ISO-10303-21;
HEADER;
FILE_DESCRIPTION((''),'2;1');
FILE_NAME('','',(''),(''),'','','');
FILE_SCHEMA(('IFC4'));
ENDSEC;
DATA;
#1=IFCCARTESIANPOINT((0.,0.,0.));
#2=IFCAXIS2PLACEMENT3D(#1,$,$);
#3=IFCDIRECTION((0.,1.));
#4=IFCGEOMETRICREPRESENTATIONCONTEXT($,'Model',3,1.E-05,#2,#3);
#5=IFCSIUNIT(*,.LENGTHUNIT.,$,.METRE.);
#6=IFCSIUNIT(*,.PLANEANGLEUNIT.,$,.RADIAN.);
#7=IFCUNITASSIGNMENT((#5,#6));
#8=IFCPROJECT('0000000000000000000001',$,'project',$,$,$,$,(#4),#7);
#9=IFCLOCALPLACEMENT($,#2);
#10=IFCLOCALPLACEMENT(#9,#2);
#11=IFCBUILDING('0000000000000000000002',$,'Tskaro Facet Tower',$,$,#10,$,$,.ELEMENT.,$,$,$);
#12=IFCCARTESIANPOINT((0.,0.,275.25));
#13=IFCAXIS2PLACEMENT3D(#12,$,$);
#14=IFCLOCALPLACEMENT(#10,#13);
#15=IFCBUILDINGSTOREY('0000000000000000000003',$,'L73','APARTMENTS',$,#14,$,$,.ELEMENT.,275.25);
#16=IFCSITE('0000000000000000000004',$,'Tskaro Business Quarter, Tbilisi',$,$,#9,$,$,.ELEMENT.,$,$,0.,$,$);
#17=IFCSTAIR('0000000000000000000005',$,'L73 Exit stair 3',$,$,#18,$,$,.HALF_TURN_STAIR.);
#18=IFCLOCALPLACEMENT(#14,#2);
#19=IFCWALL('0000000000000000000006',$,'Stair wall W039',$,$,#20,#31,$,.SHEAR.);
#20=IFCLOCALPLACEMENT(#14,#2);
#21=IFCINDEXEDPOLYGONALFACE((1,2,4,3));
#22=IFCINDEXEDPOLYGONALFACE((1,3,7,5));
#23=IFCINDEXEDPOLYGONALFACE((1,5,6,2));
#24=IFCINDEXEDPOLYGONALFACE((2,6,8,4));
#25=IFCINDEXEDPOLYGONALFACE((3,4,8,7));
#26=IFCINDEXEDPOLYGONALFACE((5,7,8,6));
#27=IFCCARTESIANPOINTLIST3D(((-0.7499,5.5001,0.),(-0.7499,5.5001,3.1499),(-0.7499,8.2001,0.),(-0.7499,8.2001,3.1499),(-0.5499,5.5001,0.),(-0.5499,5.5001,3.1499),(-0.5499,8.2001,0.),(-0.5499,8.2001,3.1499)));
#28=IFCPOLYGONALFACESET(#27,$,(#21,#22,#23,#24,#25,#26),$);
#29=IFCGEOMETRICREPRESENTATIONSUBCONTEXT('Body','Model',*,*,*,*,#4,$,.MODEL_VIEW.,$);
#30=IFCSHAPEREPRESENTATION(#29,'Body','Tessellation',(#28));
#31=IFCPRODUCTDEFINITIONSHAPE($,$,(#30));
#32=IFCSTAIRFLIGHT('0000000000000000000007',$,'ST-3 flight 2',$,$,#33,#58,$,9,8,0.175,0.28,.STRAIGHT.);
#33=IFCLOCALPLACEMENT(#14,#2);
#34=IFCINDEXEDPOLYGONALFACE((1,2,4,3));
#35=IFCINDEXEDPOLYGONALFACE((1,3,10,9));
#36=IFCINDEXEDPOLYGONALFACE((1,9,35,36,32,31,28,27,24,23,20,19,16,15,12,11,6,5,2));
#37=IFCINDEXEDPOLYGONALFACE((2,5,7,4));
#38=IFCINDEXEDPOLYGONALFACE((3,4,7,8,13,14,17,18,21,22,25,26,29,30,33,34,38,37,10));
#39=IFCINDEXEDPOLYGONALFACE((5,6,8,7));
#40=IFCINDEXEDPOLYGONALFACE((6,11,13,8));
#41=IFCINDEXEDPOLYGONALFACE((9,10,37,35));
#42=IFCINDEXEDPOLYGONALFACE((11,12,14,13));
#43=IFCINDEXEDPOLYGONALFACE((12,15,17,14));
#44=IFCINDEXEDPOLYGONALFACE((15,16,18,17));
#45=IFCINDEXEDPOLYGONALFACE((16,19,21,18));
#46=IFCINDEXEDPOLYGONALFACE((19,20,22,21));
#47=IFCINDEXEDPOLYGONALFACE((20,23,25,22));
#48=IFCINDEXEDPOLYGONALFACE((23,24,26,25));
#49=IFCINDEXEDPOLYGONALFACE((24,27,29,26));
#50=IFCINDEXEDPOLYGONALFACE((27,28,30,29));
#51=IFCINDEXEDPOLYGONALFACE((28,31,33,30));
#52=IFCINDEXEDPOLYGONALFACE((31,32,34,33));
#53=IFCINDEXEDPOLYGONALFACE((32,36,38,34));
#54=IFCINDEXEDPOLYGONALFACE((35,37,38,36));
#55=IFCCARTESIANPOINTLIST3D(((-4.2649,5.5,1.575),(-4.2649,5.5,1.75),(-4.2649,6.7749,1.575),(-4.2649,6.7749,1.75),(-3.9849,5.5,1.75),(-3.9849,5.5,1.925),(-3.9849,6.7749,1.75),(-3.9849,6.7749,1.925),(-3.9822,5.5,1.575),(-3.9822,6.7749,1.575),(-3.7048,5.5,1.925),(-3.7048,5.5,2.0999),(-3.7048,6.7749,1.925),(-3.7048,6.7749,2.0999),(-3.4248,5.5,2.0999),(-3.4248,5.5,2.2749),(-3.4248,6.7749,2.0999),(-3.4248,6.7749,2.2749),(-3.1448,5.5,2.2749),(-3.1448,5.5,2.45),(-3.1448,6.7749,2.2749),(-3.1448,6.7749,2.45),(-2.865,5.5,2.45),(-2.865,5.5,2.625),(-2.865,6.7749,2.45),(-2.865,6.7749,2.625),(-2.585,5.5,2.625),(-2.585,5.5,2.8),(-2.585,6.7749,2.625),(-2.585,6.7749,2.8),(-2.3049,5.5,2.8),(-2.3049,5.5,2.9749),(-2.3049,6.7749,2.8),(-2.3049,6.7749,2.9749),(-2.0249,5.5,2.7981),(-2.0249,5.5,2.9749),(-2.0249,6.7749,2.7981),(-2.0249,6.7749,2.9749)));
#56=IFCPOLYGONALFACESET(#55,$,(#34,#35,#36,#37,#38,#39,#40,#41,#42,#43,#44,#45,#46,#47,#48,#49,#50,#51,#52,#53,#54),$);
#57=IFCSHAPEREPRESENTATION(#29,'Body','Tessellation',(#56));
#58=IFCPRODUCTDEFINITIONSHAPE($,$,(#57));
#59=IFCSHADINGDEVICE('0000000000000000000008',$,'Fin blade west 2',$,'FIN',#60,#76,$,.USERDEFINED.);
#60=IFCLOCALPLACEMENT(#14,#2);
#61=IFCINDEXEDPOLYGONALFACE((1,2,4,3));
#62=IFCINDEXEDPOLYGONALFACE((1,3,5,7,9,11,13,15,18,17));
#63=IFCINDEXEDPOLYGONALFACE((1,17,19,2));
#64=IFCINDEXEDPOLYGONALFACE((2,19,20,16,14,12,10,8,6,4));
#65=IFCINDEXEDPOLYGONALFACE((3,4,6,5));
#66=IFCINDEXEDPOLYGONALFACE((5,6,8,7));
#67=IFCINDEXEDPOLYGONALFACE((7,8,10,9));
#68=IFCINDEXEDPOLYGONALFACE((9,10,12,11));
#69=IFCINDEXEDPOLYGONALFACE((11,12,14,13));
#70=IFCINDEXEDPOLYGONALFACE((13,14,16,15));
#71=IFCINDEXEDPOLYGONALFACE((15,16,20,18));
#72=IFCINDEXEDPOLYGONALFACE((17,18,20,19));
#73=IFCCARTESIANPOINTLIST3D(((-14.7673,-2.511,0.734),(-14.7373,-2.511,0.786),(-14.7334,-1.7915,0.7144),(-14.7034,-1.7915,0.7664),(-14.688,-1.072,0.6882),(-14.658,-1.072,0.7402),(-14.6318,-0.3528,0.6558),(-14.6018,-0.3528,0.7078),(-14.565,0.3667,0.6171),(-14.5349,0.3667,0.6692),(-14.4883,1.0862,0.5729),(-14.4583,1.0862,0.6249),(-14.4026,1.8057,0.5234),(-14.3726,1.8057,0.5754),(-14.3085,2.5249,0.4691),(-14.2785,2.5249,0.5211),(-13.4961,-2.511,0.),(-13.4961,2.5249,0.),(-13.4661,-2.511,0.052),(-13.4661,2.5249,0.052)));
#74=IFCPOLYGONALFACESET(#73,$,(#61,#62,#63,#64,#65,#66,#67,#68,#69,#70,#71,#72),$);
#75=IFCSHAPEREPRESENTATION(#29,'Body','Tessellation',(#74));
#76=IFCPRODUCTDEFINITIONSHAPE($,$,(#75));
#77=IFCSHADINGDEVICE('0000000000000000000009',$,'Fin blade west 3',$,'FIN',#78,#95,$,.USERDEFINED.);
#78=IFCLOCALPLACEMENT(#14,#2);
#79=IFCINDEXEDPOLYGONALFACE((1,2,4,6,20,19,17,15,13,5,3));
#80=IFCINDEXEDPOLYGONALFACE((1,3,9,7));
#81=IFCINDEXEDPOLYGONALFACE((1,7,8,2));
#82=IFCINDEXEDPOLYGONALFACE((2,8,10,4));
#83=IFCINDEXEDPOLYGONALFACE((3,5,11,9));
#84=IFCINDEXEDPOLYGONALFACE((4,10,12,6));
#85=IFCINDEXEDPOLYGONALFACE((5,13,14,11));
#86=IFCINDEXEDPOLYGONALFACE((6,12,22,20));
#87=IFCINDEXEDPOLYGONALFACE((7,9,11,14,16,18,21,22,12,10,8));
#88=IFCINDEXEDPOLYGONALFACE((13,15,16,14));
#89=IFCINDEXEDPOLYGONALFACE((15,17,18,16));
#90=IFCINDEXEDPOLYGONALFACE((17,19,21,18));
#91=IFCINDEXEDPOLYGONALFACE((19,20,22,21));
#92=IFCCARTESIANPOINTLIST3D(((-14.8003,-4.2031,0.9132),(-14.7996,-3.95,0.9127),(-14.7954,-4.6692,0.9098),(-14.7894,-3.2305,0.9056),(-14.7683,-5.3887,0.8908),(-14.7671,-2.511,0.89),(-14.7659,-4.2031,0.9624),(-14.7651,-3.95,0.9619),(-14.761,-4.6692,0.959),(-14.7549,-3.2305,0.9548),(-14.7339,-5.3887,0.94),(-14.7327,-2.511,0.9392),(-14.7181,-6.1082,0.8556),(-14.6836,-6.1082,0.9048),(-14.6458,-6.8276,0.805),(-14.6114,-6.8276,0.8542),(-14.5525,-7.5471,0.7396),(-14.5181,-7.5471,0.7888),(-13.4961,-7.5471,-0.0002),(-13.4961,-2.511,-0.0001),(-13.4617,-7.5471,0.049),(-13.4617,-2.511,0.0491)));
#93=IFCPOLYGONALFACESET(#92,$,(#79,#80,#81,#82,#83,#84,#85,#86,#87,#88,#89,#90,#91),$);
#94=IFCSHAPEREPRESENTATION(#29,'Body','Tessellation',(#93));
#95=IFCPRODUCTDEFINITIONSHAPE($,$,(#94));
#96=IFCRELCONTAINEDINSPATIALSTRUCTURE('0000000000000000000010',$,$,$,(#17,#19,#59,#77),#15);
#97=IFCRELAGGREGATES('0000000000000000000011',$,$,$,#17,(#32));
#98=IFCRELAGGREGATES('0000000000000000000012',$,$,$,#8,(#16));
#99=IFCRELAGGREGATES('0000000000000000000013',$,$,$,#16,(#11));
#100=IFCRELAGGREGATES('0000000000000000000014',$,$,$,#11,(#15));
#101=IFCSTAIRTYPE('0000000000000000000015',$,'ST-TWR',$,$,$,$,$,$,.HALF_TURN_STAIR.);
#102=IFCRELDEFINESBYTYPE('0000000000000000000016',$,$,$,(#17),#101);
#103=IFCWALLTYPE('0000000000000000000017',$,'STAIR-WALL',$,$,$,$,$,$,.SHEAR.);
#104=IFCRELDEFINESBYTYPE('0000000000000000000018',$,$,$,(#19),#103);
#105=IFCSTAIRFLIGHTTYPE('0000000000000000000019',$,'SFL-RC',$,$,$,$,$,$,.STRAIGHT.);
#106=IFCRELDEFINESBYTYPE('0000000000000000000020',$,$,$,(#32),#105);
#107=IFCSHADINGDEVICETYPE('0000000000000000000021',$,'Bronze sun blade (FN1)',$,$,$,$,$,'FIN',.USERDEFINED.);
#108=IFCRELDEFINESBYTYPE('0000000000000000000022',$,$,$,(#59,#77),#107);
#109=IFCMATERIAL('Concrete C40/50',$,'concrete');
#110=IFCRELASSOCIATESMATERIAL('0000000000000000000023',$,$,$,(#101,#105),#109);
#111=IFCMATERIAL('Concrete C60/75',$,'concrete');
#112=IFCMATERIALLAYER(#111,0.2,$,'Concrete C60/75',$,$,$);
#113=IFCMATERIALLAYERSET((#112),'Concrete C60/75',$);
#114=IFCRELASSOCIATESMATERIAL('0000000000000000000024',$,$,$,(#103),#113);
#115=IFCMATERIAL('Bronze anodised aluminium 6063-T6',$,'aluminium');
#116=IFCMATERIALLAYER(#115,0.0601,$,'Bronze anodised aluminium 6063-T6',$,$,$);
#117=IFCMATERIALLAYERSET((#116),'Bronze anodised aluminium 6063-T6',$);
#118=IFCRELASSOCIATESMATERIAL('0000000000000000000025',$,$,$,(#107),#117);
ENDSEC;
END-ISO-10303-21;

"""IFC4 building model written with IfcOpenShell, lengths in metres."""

from ifc_helpers import new_model, si_unit, direction, frame, frame_2d, origin, place, context, subcontext, project, spatial, polyline, rectangle, outline, extrude, material, layer, layer_set, type_object, element, aggregate, save


model = new_model("IFC4")

# Units and contexts
model_context = context("Model", 3, precision=1e-05, world=origin(), true_north=direction((0.0, 1.0)))
body_context = subcontext(model_context, "Body", "Model", "MODEL_VIEW")
ifc_project = project(units=[si_unit("LENGTHUNIT", "METRE"), si_unit("PLANEANGLEUNIT", "RADIAN")], contexts=[model_context])

# Site, building, storey
site_placement = place(None, origin())
site = spatial("IfcSite", under=ifc_project, at=site_placement, Name="Tskaro Business Quarter, Tbilisi", CompositionType="ELEMENT", RefElevation=0.0)
building_placement = place(site_placement, origin())
building = spatial("IfcBuilding", under=site, at=building_placement, Name="Tskaro Facet Tower", CompositionType="ELEMENT")
storey_placement = place(building_placement, frame((0.0, 0.0, 275.25)))
storey = spatial("IfcBuildingStorey", under=building, at=storey_placement, Name="L73", Description="APARTMENTS", CompositionType="ELEMENT", Elevation=275.25)

# Shared definitions
ifc_material_1 = material(Name="Bronze anodised aluminium 6063-T6", Category="aluminium")

# Stair
ifc_material_2 = material(Name="Concrete C40/50", Category="concrete")
stair_type = type_object("IfcStairType", Name="ST-TWR", PredefinedType="HALF_TURN_STAIR", material=ifc_material_2)
stair_1_placement = place(storey_placement, origin())
stair_1 = element("IfcStair", 1, at=stair_1_placement, inside=storey, type_object=stair_type, Name="L73 Exit stair 3", PredefinedType="HALF_TURN_STAIR")

# Shared definitions
ifc_material_3 = material(Name="Concrete C60/75", Category="concrete")

# Shared definitions
ifc_layer_1 = layer(ifc_material_3, 0.2, Name="Concrete C60/75")
ifc_layer_set_1 = layer_set([ifc_layer_1], Name="Concrete C60/75")
wall_type_1 = type_object("IfcWallType", Name="STAIR-WALL", PredefinedType="SHEAR", material=ifc_layer_set_1)

# Wall
for number, where, z_axis, x_axis, name in (
    (2, (-0.6499, 5.5, 0.0), (0.0, 0.0, 1.0), (0.0, 1.0, 0.0), "Stair wall W039"),
):
    element("IfcWall", number, at=place(storey_placement, frame(where, z_axis=z_axis, x_axis=x_axis)), inside=storey, type_object=wall_type_1, Name=name, PredefinedType="SHEAR", context=body_context, shape_type="SweptSolid", body=[
        extrude(rectangle(XDim=2.7, YDim=0.2, at=frame_2d((1.3501, 0.0))), origin(), (0.0, 0.0, 1.0), 3.1499),
    ])

# Stair flight
stair_flight_type = type_object("IfcStairFlightType", Name="SFL-RC", PredefinedType="STRAIGHT", material=ifc_material_2)
stair_flight_placement = place(storey_placement, frame((-4.2649, 6.1375, 1.575), z_axis=(0.0, 0.0, 1.0), x_axis=(1.0, 0.0, 0.0)))
stair_flight = element("IfcStairFlight", 3, at=stair_flight_placement, type_object=stair_flight_type, Name="ST-3 flight 2", NumberOfRisers=9, NumberOfTreads=8, PredefinedType="STRAIGHT", RiserHeight=0.175, TreadLength=0.28, context=body_context, shape_type="SweptSolid", body=[
    extrude(outline(polyline([(0.0, 0.0), (0.0, 0.175), (0.28, 0.175), (0.28, 0.3501), (0.5601, 0.3501), (0.5601, 0.5249), (0.8401, 0.5249), (0.8401, 0.7), (1.1201, 0.7), (1.1201, 0.875), (1.3999, 0.875), (1.3999, 1.05), (1.6799, 1.05), (1.6799, 1.2251), (1.96, 1.2251), (1.96, 1.3999), (2.24, 1.3999), (2.24, 1.575), (2.24, 1.2231), (0.2827, 0.0), (0.0, 0.0)])), frame((0.0, 0.6375, 0.0), z_axis=(0.0, -1.0, 0.0), x_axis=(1.0, 0.0, 0.0)), (0.0, 0.0, 1.0), 1.2749),
])
aggregate(stair_1, [stair_flight])

# Shading devices
ifc_layer_2 = layer(ifc_material_1, 0.0601, Name="Bronze anodised aluminium 6063-T6")
ifc_layer_set_2 = layer_set([ifc_layer_2], Name="Bronze anodised aluminium 6063-T6")
shading_device_type = type_object("IfcShadingDeviceType", Name="Bronze sun blade (FN1)", ElementType="FIN", PredefinedType="USERDEFINED", material=ifc_layer_set_2)
shading_device_1_placement = place(storey_placement, frame((-13.4661, 2.5249, 0.052), z_axis=(0.500031, -0.000004, 0.866007), x_axis=(-0.000002, -1.0, -0.000004)))
element("IfcShadingDevice", 4, at=shading_device_1_placement, inside=storey, type_object=shading_device_type, Name="Fin blade west 2", ObjectType="FIN", PredefinedType="USERDEFINED", context=body_context, shape_type="SweptSolid", body=[
    extrude(outline(polyline([(0.0, 0.0), (5.0359, 0.0), (5.0359, -1.4679), (4.3164, -1.4287), (3.5969, -1.3763), (2.8777, -1.3115), (2.1582, -1.2342), (1.4387, -1.1458), (0.7192, -1.0468), (0.0, -0.9381), (0.0, 0.0)])), origin(), (0.0, 0.0, -1.0), 0.0601),
])
shading_device_2_placement = place(storey_placement, frame((-13.4617, -2.511, 0.0491), z_axis=(0.573637, -0.000008, 0.81911), x_axis=(-0.000005, -1.0, -0.000007)))
element("IfcShadingDevice", 5, at=shading_device_2_placement, inside=storey, type_object=shading_device_type, Name="Fin blade west 3", ObjectType="FIN", PredefinedType="USERDEFINED", context=body_context, shape_type="SweptSolid", body=[
    extrude(outline(polyline([(0.0, 0.0), (5.0361, 0.0), (5.0361, -1.2897), (4.3167, -1.4036), (3.5972, -1.4918), (2.8777, -1.5531), (2.1582, -1.5862), (1.6921, -1.5922), (1.439, -1.5913), (0.7195, -1.5789), (0.0, -1.5517), (0.0, 0.0)])), origin(), (0.0, 0.0, -1.0), 0.0601),
])

save(model, "model.ifc")
